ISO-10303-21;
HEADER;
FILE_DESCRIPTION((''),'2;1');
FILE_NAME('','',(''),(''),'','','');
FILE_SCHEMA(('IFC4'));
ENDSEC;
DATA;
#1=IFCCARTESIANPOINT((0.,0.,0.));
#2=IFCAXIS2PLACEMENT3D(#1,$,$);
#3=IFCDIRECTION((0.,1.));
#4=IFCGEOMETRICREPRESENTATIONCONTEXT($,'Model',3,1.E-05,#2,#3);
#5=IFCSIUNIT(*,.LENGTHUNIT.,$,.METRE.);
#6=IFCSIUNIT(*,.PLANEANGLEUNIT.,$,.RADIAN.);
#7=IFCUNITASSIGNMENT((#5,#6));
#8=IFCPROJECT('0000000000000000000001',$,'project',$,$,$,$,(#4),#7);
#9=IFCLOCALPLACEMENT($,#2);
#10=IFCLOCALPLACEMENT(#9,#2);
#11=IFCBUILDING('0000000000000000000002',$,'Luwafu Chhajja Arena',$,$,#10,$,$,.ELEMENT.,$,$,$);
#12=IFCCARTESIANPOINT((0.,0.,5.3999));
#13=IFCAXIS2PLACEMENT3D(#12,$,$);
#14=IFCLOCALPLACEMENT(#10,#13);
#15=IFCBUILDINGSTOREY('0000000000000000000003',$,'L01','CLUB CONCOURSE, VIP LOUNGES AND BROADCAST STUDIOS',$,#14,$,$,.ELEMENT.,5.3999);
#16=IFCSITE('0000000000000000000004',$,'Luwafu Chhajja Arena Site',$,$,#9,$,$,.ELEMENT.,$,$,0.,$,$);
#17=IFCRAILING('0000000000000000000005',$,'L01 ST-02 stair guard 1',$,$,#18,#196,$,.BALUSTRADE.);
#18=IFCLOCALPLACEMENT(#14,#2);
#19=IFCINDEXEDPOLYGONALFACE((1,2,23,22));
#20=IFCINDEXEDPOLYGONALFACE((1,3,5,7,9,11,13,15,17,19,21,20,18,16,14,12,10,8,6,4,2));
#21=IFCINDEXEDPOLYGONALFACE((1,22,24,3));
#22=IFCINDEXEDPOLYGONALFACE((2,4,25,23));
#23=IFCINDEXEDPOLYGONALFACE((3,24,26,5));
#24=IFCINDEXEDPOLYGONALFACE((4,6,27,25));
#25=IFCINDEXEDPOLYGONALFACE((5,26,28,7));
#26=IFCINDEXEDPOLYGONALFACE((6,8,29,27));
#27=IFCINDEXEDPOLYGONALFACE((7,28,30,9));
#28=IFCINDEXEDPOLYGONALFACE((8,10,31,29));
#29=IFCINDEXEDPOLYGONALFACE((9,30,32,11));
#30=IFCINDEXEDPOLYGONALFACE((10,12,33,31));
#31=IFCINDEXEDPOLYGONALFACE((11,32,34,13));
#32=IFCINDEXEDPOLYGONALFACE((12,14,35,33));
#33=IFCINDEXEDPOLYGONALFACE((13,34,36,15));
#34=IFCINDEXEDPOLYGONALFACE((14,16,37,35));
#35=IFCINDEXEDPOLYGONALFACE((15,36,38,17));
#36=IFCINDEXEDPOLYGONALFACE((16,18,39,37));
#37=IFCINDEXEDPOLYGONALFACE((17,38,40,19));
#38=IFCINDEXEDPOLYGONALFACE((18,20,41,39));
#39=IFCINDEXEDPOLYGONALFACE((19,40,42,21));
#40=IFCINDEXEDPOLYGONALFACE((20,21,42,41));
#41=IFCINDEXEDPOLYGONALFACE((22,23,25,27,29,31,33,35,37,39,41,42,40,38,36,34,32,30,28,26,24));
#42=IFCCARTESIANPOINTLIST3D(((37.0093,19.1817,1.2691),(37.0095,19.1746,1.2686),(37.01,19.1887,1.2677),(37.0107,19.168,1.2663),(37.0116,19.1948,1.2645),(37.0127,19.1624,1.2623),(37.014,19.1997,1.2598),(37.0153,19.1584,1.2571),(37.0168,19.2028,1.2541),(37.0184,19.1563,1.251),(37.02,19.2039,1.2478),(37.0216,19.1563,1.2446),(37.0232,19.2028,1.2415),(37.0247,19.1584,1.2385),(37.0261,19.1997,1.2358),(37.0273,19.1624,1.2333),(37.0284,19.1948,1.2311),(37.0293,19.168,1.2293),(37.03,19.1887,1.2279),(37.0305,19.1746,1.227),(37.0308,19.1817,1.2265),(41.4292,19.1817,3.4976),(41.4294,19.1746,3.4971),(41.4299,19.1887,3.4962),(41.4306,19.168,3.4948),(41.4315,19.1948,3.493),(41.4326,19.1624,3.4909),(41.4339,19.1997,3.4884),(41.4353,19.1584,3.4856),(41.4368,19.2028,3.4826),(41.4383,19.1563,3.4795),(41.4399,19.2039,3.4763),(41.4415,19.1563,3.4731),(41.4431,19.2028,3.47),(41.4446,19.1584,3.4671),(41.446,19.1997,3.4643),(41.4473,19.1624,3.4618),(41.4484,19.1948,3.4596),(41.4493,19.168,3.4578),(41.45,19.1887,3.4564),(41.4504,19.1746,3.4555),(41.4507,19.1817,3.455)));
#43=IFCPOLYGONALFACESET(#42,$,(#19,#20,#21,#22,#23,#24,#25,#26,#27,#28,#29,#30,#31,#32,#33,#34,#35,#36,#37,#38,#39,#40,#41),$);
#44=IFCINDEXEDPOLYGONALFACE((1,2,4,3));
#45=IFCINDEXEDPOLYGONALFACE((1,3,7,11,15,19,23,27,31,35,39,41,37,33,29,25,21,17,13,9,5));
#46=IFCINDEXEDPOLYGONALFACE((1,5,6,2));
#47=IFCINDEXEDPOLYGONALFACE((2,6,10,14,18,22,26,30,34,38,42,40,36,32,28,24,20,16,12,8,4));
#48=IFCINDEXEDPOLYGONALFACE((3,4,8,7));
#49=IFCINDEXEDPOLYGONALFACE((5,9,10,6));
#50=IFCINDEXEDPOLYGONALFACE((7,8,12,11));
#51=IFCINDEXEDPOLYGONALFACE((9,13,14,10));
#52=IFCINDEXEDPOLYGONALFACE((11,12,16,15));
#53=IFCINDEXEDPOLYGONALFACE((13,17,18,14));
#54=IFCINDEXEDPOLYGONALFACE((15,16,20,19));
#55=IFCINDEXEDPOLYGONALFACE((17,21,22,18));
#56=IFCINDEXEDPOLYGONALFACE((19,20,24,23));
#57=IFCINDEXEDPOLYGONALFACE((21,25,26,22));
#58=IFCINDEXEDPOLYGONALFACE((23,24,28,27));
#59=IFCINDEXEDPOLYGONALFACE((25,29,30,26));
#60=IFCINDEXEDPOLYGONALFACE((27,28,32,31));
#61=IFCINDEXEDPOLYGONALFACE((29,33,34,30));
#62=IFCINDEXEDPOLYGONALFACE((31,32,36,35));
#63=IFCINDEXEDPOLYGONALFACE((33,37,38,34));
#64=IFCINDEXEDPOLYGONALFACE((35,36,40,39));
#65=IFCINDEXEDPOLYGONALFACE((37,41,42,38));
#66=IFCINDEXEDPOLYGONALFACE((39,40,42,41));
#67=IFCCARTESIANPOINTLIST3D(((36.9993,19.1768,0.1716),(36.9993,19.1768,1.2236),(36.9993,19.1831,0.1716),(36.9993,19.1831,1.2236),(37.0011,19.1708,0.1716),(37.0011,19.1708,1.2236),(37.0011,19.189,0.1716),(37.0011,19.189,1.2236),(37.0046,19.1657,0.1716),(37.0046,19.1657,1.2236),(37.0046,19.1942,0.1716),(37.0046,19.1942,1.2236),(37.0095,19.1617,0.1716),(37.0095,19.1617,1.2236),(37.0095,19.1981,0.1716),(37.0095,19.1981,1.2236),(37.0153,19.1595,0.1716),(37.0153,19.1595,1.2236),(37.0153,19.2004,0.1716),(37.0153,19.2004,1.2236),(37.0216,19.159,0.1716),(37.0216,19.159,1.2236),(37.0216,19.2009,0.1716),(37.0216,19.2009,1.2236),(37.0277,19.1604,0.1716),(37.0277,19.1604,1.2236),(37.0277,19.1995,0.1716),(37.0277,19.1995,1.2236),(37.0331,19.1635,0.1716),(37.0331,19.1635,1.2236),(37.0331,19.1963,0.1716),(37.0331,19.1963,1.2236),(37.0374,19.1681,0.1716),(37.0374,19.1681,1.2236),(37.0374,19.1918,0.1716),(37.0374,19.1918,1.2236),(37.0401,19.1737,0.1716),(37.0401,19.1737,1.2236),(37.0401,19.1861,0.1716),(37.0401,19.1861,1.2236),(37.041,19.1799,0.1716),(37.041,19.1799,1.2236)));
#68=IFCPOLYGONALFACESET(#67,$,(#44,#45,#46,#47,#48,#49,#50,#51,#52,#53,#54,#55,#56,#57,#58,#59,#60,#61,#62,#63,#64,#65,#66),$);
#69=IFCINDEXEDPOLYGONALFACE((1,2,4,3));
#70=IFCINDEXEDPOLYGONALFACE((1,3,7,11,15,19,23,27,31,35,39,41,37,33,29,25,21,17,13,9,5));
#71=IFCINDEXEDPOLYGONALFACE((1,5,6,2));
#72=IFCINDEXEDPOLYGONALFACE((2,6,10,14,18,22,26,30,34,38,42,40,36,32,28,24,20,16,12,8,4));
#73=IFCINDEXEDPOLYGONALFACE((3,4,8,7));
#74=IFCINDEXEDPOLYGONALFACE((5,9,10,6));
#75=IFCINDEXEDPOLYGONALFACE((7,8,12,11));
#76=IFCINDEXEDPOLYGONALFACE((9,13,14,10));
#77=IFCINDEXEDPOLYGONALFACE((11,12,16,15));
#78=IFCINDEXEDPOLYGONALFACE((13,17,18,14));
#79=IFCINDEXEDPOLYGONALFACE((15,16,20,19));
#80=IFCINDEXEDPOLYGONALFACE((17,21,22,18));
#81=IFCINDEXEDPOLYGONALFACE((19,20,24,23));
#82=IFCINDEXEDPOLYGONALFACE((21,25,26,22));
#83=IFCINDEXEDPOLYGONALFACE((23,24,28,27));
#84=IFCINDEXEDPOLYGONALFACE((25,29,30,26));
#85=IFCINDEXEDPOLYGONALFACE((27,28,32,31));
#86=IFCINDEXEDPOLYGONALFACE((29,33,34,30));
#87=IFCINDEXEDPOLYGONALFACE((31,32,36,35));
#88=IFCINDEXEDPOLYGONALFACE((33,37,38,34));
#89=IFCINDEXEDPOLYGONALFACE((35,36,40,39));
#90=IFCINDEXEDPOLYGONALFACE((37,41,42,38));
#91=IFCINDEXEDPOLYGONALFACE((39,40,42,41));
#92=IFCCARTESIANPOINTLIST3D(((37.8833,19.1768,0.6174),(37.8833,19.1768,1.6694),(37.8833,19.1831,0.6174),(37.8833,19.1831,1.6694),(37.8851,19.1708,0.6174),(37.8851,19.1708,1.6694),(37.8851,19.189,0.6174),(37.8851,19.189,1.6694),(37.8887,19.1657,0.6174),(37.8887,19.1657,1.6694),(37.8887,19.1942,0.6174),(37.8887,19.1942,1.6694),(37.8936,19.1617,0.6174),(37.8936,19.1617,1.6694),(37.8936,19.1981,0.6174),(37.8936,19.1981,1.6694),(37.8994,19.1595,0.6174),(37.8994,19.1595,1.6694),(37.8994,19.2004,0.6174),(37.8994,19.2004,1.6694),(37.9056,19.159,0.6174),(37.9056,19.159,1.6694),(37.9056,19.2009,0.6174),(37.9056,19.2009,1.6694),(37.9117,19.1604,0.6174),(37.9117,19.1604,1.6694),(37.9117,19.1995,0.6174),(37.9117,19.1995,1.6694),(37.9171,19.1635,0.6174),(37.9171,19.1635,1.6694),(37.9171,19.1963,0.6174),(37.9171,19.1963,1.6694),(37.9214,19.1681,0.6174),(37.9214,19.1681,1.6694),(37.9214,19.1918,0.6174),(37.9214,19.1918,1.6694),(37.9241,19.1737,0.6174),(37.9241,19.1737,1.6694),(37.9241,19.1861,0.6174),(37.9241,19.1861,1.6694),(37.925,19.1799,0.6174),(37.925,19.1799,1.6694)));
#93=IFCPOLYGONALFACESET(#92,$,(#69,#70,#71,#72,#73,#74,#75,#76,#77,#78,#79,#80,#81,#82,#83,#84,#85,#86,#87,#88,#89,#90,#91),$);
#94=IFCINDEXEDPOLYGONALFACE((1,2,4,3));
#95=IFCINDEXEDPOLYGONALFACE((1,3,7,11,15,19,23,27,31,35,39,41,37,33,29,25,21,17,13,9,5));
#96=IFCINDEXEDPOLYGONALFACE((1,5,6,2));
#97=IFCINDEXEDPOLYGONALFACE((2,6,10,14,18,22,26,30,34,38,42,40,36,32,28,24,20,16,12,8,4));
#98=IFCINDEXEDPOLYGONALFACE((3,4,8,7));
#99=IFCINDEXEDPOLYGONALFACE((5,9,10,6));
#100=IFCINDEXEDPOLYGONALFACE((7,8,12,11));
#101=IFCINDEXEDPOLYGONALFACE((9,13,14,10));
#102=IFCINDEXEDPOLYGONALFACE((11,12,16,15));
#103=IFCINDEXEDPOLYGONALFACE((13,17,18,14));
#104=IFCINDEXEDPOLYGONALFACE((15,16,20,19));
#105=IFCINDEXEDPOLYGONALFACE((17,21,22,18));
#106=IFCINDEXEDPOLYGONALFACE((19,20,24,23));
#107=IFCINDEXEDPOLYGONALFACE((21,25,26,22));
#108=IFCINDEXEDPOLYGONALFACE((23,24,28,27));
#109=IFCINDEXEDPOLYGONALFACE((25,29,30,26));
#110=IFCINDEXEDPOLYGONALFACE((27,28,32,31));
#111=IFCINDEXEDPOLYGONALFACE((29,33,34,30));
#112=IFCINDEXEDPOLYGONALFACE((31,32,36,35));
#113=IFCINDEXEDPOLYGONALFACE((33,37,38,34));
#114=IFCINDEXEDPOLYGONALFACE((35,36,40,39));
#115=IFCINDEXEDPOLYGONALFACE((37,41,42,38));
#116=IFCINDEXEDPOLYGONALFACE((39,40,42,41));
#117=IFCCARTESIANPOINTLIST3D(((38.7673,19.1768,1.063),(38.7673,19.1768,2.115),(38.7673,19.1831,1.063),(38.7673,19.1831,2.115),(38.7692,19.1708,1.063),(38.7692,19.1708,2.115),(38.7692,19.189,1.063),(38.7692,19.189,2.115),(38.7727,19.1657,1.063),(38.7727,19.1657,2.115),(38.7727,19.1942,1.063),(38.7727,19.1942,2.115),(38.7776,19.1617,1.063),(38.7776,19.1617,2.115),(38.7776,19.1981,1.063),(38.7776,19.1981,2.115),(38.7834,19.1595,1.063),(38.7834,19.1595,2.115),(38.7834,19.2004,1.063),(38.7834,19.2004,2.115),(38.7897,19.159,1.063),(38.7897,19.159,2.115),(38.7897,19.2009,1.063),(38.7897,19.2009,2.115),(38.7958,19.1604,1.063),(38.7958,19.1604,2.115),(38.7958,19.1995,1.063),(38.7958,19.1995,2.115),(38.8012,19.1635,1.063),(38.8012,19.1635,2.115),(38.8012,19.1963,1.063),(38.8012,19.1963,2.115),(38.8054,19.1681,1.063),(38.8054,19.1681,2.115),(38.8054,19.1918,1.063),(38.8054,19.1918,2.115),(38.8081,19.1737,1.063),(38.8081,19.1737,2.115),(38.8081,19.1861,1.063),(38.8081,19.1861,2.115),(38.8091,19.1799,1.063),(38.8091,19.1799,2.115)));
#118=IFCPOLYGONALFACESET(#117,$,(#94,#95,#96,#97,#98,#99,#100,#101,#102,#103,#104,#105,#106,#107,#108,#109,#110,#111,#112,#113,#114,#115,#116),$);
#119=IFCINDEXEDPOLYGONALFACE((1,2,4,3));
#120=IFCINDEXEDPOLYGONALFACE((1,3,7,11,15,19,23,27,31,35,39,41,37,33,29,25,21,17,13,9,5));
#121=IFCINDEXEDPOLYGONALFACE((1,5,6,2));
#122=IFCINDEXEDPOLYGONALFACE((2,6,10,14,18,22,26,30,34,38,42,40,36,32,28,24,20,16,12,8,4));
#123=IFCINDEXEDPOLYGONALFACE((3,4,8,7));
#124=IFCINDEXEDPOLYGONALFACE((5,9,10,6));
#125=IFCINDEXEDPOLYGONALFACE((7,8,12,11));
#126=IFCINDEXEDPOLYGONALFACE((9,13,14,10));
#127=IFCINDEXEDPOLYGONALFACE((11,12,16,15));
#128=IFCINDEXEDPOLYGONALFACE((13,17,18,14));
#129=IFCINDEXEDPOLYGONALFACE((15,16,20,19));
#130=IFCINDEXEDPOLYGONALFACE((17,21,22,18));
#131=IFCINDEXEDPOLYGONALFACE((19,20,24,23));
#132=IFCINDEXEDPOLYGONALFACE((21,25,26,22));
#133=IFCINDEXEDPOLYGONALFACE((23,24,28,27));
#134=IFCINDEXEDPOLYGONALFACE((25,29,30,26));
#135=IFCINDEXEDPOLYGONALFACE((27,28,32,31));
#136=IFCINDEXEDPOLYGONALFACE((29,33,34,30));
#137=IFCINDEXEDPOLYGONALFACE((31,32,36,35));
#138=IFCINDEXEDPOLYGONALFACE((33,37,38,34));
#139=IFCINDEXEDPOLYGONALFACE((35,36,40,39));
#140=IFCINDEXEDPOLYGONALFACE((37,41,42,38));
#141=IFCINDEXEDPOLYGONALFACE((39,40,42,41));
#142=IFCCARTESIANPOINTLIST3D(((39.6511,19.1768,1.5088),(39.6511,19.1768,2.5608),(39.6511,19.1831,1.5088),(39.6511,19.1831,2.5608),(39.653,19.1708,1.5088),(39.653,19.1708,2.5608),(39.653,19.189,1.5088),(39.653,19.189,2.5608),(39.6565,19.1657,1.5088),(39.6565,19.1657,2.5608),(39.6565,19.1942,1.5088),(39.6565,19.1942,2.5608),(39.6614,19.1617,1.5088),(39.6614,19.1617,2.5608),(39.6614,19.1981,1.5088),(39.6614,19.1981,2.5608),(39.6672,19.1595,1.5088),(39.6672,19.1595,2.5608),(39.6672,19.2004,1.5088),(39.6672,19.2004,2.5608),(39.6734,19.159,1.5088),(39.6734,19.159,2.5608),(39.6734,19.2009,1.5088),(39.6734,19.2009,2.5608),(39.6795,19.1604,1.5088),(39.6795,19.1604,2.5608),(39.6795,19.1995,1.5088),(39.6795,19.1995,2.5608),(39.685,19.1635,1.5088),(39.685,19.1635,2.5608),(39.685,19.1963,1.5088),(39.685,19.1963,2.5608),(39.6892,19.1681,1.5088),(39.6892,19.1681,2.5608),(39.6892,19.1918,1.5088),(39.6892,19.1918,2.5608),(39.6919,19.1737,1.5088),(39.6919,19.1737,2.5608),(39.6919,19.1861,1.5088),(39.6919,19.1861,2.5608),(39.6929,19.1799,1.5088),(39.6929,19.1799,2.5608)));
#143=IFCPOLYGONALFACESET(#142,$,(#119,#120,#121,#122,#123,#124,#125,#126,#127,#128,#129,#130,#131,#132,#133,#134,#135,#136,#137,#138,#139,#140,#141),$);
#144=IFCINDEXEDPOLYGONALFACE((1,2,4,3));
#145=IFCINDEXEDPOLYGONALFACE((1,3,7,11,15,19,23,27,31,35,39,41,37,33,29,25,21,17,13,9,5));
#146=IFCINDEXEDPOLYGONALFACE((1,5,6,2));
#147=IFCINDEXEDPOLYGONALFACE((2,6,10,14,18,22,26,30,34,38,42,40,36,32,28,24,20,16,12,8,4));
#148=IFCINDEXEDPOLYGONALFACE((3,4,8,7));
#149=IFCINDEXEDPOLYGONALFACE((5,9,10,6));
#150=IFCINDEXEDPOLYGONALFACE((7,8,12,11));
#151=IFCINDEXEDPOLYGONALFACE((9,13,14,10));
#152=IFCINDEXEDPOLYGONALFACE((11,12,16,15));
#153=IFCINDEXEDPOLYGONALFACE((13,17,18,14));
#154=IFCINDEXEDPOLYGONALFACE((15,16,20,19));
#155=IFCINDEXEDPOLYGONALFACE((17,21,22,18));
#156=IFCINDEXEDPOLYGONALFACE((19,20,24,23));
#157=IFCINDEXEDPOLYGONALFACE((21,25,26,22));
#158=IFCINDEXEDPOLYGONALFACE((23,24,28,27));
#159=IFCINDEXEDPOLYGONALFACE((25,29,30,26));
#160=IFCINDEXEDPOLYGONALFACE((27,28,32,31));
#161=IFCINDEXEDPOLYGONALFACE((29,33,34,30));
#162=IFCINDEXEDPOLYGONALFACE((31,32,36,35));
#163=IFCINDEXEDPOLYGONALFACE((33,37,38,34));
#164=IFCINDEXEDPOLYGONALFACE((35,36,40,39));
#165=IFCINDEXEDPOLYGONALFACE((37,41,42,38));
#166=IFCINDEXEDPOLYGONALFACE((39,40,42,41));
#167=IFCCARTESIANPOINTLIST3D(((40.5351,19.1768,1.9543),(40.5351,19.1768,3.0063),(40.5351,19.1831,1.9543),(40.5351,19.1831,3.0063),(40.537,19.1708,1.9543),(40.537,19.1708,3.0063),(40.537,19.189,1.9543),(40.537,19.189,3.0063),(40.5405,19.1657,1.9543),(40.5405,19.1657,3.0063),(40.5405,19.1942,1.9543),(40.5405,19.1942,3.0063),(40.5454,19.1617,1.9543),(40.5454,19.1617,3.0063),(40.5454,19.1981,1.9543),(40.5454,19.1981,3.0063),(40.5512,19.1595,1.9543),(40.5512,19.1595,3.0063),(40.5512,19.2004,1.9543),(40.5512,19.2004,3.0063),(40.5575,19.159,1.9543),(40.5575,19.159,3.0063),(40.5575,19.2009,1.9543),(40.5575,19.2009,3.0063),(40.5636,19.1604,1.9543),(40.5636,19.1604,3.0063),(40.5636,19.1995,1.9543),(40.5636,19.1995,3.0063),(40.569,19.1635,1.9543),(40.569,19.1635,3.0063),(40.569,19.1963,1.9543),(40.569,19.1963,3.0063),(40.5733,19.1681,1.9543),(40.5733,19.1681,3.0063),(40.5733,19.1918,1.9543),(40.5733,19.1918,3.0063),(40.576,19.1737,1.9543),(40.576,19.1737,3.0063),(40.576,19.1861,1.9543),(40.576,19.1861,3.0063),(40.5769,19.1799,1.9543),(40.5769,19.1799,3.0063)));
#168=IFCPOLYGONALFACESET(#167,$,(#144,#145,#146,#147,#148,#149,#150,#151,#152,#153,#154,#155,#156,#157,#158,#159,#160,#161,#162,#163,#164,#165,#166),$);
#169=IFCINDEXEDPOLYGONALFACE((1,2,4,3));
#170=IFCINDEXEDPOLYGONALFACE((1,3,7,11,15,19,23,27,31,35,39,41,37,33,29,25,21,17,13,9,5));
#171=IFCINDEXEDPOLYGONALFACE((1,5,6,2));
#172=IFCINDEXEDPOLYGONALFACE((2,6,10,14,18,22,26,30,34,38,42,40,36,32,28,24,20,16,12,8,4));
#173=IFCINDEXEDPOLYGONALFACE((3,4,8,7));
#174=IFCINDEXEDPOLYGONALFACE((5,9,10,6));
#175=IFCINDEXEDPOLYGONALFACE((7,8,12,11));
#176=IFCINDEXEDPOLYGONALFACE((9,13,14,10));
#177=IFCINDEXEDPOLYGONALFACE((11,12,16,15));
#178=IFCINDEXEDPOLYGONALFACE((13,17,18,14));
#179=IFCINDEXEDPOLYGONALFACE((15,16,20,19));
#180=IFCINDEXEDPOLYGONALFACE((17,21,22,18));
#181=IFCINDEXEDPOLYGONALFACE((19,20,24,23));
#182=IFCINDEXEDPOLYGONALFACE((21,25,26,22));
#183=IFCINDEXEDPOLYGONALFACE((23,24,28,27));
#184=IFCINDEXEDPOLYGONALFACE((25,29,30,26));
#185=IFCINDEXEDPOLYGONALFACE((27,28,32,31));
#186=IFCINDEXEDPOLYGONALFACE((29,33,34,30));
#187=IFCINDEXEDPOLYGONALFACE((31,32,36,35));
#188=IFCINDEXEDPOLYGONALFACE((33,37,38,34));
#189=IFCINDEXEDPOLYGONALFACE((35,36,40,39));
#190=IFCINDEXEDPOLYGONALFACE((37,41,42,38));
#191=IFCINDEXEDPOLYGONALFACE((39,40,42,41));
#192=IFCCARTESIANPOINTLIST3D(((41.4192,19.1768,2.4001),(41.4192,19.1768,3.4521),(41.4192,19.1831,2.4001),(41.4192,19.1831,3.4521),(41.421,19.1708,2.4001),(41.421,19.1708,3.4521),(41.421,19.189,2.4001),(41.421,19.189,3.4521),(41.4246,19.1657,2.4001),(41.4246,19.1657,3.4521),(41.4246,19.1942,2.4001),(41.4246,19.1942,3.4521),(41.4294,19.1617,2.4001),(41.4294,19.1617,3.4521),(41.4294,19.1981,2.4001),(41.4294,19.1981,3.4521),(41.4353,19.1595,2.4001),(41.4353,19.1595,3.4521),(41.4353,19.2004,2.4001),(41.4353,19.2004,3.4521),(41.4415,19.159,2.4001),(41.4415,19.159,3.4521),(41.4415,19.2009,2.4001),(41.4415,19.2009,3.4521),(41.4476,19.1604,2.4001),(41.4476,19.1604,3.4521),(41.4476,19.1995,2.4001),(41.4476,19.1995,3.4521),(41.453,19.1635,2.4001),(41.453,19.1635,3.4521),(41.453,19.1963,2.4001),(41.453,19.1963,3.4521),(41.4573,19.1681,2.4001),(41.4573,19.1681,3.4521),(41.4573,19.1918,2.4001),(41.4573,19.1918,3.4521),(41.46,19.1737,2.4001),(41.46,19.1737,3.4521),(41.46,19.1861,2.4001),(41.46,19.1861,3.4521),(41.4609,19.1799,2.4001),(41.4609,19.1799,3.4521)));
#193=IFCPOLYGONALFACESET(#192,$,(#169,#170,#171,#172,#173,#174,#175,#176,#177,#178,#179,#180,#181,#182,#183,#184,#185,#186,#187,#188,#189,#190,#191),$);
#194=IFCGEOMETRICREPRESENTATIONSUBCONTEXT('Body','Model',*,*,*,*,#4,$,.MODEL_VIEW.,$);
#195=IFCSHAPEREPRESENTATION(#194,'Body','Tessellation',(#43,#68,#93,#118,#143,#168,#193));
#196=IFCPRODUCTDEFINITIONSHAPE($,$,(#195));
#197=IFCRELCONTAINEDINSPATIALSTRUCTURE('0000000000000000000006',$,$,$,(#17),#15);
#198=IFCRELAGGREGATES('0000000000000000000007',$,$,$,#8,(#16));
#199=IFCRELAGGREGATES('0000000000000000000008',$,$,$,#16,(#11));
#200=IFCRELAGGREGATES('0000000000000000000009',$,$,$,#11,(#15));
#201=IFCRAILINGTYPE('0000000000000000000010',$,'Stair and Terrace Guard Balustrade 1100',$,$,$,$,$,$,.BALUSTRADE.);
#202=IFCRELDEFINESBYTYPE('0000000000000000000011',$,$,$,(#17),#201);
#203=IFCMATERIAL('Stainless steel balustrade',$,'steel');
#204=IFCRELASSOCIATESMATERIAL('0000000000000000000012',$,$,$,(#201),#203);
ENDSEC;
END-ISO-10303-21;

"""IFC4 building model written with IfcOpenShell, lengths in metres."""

from ifc_helpers import new_model, si_unit, direction, frame, origin, origin_2d, place, context, subcontext, project, spatial, circle, extrude, material, type_object, element, save


model = new_model("IFC4")

# Units and contexts
model_context = context("Model", 3, precision=1e-05, world=origin(), true_north=direction((0.0, 1.0)))
body_context = subcontext(model_context, "Body", "Model", "MODEL_VIEW")
ifc_project = project(units=[si_unit("LENGTHUNIT", "METRE"), si_unit("PLANEANGLEUNIT", "RADIAN")], contexts=[model_context])

# Site, building, storey
site_placement = place(None, origin())
site = spatial("IfcSite", under=ifc_project, at=site_placement, Name="Luwafu Chhajja Arena Site", CompositionType="ELEMENT", RefElevation=0.0)
building_placement = place(site_placement, origin())
building = spatial("IfcBuilding", under=site, at=building_placement, Name="Luwafu Chhajja Arena", CompositionType="ELEMENT")
storey_placement = place(building_placement, frame((0.0, 0.0, 5.3999)))
storey = spatial("IfcBuildingStorey", under=building, at=storey_placement, Name="L01", Description="CLUB CONCOURSE, VIP LOUNGES AND BROADCAST STUDIOS", CompositionType="ELEMENT", Elevation=5.3999)

# Railing
ifc_material_1 = material(Name="Stainless steel balustrade", Category="steel")
railing_type_1 = type_object("IfcRailingType", Name="Stair and Terrace Guard Balustrade 1100", PredefinedType="BALUSTRADE", material=ifc_material_1)
railing_1_placement = place(storey_placement, frame((37.02, 19.1799, 0.1716)))
element("IfcRailing", 1, at=railing_1_placement, inside=storey, type_object=railing_type_1, Name="L01 ST-02 stair guard 1", PredefinedType="BALUSTRADE", context=body_context, shape_type="SweptSolid", body=[
    extrude(circle(Radius=0.0239, at=origin_2d()), frame((0.0, 0.0, 1.0762), z_axis=(0.892923, 0.0, 0.45021), x_axis=(0.0, 1.0, 0.0)), (0.0, 0.0, 1.0), 4.95),
    extrude(circle(Radius=0.021, at=origin_2d()), origin(), (0.0, 0.0, 1.0), 1.052),
    extrude(circle(Radius=0.021, at=origin_2d()), frame((0.884, 0.0, 0.4458)), (0.0, 0.0, 1.0), 1.052),
    extrude(circle(Radius=0.021, at=origin_2d()), frame((1.7681, 0.0, 0.8914)), (0.0, 0.0, 1.0), 1.052),
    extrude(circle(Radius=0.021, at=origin_2d()), frame((2.6519, 0.0, 1.3372)), (0.0, 0.0, 1.0), 1.052),
    extrude(circle(Radius=0.021, at=origin_2d()), frame((3.5359, 0.0, 1.7827)), (0.0, 0.0, 1.0), 1.052),
    extrude(circle(Radius=0.021, at=origin_2d()), frame((4.4199, 0.0, 2.2285)), (0.0, 0.0, 1.0), 1.052),
])

save(model, "model.ifc")
